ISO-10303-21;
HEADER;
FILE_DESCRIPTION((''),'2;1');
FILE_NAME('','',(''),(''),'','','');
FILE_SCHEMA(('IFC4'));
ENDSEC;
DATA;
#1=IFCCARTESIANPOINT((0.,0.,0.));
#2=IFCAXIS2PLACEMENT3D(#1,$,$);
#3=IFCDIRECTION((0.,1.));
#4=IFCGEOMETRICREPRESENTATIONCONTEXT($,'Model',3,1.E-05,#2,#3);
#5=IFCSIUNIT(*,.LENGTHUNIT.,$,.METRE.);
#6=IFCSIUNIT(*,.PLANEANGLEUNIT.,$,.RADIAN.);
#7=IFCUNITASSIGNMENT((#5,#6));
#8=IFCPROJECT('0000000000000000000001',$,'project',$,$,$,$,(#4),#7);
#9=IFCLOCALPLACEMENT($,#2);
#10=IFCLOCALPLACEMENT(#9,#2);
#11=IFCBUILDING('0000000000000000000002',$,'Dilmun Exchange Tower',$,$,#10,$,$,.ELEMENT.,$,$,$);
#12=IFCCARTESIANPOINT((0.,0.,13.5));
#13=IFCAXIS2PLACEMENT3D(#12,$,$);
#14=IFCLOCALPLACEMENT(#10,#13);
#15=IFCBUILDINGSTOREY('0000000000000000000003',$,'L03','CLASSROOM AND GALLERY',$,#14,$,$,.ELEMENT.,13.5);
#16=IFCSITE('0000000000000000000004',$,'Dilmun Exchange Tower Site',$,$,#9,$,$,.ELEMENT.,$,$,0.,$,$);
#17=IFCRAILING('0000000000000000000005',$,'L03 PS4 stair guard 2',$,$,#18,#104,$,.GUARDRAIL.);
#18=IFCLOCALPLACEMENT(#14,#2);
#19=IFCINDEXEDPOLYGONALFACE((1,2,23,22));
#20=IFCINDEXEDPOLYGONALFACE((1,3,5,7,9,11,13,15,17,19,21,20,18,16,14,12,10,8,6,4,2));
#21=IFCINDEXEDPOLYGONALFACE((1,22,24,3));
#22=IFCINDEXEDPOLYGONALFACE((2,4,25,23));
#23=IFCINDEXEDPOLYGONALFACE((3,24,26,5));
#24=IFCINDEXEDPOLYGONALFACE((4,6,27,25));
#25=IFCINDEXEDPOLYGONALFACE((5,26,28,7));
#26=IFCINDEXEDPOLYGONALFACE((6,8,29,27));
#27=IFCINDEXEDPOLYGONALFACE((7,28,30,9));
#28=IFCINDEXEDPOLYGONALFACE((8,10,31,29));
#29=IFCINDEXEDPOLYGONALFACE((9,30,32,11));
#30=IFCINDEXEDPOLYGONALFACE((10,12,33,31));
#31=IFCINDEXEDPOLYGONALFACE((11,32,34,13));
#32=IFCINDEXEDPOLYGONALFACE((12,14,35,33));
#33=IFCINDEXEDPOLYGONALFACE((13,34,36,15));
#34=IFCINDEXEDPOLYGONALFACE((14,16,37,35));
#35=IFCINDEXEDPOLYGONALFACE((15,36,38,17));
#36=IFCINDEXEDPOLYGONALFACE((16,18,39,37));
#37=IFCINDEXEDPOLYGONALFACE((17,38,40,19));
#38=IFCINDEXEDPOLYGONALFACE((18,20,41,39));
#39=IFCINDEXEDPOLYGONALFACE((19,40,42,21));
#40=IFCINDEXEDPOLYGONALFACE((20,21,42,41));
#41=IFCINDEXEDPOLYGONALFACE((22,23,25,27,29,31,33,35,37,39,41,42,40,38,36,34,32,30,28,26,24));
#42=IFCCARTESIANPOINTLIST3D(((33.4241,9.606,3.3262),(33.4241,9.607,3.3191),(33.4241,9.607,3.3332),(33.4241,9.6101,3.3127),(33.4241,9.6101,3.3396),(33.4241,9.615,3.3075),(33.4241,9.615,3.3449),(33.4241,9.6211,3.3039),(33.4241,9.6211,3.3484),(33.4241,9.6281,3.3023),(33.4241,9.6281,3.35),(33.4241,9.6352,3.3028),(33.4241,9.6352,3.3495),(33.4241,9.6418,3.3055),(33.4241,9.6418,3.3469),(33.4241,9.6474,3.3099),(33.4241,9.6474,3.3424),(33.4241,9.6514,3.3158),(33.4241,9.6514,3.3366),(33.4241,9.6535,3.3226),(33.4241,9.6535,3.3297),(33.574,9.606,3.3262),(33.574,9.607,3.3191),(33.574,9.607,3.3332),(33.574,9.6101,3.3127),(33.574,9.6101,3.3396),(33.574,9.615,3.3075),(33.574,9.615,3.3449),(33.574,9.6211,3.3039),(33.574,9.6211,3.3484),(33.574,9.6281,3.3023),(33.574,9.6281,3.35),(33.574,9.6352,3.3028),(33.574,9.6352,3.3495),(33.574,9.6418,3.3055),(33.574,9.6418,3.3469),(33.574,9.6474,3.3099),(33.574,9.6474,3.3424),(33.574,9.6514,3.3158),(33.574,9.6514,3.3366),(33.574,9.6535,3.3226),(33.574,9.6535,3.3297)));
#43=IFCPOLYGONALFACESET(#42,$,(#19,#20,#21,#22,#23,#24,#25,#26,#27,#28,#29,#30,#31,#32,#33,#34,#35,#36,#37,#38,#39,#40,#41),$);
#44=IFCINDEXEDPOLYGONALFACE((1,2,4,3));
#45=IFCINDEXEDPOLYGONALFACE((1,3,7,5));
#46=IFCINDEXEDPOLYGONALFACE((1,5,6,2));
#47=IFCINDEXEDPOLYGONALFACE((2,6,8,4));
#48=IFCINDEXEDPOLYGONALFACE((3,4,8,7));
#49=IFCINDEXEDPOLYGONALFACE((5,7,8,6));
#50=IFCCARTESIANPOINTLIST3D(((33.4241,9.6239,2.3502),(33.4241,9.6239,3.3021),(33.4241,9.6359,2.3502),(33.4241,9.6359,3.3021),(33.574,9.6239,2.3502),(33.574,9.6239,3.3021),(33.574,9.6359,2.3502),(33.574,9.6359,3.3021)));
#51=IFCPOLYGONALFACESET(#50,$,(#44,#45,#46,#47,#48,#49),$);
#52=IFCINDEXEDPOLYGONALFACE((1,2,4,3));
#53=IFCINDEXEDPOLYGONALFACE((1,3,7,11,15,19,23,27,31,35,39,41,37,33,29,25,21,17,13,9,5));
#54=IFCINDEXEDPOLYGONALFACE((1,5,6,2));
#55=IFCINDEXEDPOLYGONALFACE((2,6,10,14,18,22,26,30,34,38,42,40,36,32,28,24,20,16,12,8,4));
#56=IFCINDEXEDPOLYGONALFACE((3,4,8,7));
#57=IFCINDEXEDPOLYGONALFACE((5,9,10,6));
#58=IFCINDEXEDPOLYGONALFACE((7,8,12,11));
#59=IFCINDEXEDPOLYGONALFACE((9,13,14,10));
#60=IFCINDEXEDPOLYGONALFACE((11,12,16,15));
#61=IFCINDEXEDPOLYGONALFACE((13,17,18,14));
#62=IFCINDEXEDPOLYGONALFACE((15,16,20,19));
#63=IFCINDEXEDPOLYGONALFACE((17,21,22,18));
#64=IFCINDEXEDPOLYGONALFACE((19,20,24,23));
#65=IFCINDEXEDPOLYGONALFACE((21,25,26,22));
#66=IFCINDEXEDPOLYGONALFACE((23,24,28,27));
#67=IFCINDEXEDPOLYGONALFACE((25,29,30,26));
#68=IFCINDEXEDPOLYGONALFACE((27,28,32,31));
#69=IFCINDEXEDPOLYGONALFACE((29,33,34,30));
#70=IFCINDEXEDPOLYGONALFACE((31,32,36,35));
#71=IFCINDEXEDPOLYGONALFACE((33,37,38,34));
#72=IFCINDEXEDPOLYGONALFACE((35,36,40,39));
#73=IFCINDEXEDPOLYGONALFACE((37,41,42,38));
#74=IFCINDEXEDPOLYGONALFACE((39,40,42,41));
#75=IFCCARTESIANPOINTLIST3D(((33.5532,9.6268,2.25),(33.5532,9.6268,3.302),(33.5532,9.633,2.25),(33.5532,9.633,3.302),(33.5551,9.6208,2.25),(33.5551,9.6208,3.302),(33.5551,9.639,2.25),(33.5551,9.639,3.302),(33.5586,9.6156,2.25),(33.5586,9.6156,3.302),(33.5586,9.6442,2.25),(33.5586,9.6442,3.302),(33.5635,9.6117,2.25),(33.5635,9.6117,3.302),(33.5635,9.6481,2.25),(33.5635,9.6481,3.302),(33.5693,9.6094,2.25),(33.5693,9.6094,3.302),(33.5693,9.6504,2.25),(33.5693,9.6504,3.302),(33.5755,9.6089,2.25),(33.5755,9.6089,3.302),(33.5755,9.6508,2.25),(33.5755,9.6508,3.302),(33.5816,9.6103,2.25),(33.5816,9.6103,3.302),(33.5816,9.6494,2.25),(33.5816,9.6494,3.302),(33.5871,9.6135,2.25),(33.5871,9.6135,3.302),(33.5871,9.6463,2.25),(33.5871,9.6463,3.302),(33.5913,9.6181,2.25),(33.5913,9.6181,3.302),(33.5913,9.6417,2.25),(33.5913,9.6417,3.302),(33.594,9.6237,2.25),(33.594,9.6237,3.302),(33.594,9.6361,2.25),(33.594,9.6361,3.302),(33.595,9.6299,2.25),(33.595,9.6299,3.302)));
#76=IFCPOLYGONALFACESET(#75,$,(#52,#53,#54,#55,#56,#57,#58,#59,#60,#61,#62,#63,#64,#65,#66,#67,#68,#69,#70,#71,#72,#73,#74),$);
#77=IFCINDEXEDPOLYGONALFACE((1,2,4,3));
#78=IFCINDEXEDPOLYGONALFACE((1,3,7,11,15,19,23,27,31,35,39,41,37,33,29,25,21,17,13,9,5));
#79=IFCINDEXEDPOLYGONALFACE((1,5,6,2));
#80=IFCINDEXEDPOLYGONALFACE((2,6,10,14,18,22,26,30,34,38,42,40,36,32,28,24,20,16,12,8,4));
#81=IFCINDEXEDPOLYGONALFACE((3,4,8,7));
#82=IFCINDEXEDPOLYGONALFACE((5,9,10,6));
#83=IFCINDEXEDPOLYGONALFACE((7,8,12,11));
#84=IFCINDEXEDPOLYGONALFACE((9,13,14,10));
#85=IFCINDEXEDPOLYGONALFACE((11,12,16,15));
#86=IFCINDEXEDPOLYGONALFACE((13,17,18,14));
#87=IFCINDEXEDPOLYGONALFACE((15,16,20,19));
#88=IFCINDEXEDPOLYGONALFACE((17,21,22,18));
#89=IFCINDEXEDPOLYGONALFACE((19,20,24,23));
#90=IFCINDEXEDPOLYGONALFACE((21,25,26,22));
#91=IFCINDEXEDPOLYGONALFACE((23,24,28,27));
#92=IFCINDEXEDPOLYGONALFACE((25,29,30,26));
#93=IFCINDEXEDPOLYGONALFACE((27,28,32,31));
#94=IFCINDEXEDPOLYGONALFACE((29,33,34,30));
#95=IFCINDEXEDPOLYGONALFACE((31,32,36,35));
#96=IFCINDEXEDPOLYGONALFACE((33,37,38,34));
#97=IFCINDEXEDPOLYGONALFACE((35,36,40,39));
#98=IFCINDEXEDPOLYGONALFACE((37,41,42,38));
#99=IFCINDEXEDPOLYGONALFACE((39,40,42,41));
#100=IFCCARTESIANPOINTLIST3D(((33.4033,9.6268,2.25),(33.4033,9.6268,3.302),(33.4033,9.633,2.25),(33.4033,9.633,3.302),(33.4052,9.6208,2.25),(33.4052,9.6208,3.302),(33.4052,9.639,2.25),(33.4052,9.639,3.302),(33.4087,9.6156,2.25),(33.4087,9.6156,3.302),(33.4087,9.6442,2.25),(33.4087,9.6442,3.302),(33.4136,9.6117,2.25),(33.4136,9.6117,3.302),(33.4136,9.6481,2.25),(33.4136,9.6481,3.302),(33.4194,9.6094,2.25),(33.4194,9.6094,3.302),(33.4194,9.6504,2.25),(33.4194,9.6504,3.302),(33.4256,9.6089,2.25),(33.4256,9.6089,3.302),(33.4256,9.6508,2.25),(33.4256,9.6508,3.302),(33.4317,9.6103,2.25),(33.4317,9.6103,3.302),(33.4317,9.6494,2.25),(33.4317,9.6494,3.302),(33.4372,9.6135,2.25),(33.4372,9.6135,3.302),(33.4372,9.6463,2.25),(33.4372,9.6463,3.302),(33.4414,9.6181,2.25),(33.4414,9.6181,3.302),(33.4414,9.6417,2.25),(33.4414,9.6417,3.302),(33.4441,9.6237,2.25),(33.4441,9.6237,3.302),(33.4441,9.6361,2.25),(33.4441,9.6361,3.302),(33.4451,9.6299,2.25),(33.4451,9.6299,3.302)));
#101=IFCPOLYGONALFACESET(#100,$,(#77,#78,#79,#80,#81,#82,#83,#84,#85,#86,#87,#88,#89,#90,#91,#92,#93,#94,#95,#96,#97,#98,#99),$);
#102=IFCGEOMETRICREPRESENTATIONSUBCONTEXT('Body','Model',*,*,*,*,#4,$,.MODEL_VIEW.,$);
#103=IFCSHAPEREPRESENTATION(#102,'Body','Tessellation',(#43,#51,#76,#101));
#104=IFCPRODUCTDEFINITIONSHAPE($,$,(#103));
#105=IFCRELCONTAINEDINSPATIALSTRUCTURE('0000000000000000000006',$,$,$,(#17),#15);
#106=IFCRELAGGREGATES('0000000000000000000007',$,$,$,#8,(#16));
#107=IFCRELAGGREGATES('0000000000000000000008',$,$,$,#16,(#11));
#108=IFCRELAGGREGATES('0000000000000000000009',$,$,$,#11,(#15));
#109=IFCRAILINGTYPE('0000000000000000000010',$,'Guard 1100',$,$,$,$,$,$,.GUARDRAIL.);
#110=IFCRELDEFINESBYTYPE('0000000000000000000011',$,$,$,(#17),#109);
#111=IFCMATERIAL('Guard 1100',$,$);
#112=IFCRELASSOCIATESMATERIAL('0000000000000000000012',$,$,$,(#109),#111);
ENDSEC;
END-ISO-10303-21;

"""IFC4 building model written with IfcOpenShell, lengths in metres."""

from ifc_helpers import new_model, si_unit, direction, frame, origin, origin_2d, place, context, subcontext, project, spatial, rectangle, circle, extrude, material, type_object, element, save


model = new_model("IFC4")

# Units and contexts
model_context = context("Model", 3, precision=1e-05, world=origin(), true_north=direction((0.0, 1.0)))
body_context = subcontext(model_context, "Body", "Model", "MODEL_VIEW")
ifc_project = project(units=[si_unit("LENGTHUNIT", "METRE"), si_unit("PLANEANGLEUNIT", "RADIAN")], contexts=[model_context])

# Site, building, storey
site_placement = place(None, origin())
site = spatial("IfcSite", under=ifc_project, at=site_placement, Name="Dilmun Exchange Tower Site", CompositionType="ELEMENT", RefElevation=0.0)
building_placement = place(site_placement, origin())
building = spatial("IfcBuilding", under=site, at=building_placement, Name="Dilmun Exchange Tower", CompositionType="ELEMENT")
storey_placement = place(building_placement, frame((0.0, 0.0, 13.5)))
storey = spatial("IfcBuildingStorey", under=building, at=storey_placement, Name="L03", Description="CLASSROOM AND GALLERY", CompositionType="ELEMENT", Elevation=13.5)

# Railing
ifc_material_1 = material(Name="Guard 1100")
railing_type_1 = type_object("IfcRailingType", Name="Guard 1100", PredefinedType="GUARDRAIL", material=ifc_material_1)
railing_1_placement = place(storey_placement, frame((33.574, 9.6299, 2.25)))
element("IfcRailing", 1, at=railing_1_placement, inside=storey, type_object=railing_type_1, Name="L03 PS4 stair guard 2", PredefinedType="GUARDRAIL", context=body_context, shape_type="SweptSolid", body=[
    extrude(circle(Radius=0.0239, at=origin_2d()), frame((0.0, 0.0, 1.0762), z_axis=(-1.0, 0.0, 0.0), x_axis=(0.0, -1.0, 0.0)), (0.0, 0.0, 1.0), 0.1499),
    extrude(rectangle(XDim=0.012, YDim=0.9519, at=origin_2d()), frame((0.0, 0.0, 0.5762), z_axis=(-1.0, 0.0, 0.0), x_axis=(0.0, -1.0, 0.0)), (0.0, 0.0, 1.0), 0.1499),
    extrude(circle(Radius=0.021, at=origin_2d()), origin(), (0.0, 0.0, 1.0), 1.052),
    extrude(circle(Radius=0.021, at=origin_2d()), frame((-0.1499, 0.0, 0.0)), (0.0, 0.0, 1.0), 1.052),
])

save(model, "model.ifc")
